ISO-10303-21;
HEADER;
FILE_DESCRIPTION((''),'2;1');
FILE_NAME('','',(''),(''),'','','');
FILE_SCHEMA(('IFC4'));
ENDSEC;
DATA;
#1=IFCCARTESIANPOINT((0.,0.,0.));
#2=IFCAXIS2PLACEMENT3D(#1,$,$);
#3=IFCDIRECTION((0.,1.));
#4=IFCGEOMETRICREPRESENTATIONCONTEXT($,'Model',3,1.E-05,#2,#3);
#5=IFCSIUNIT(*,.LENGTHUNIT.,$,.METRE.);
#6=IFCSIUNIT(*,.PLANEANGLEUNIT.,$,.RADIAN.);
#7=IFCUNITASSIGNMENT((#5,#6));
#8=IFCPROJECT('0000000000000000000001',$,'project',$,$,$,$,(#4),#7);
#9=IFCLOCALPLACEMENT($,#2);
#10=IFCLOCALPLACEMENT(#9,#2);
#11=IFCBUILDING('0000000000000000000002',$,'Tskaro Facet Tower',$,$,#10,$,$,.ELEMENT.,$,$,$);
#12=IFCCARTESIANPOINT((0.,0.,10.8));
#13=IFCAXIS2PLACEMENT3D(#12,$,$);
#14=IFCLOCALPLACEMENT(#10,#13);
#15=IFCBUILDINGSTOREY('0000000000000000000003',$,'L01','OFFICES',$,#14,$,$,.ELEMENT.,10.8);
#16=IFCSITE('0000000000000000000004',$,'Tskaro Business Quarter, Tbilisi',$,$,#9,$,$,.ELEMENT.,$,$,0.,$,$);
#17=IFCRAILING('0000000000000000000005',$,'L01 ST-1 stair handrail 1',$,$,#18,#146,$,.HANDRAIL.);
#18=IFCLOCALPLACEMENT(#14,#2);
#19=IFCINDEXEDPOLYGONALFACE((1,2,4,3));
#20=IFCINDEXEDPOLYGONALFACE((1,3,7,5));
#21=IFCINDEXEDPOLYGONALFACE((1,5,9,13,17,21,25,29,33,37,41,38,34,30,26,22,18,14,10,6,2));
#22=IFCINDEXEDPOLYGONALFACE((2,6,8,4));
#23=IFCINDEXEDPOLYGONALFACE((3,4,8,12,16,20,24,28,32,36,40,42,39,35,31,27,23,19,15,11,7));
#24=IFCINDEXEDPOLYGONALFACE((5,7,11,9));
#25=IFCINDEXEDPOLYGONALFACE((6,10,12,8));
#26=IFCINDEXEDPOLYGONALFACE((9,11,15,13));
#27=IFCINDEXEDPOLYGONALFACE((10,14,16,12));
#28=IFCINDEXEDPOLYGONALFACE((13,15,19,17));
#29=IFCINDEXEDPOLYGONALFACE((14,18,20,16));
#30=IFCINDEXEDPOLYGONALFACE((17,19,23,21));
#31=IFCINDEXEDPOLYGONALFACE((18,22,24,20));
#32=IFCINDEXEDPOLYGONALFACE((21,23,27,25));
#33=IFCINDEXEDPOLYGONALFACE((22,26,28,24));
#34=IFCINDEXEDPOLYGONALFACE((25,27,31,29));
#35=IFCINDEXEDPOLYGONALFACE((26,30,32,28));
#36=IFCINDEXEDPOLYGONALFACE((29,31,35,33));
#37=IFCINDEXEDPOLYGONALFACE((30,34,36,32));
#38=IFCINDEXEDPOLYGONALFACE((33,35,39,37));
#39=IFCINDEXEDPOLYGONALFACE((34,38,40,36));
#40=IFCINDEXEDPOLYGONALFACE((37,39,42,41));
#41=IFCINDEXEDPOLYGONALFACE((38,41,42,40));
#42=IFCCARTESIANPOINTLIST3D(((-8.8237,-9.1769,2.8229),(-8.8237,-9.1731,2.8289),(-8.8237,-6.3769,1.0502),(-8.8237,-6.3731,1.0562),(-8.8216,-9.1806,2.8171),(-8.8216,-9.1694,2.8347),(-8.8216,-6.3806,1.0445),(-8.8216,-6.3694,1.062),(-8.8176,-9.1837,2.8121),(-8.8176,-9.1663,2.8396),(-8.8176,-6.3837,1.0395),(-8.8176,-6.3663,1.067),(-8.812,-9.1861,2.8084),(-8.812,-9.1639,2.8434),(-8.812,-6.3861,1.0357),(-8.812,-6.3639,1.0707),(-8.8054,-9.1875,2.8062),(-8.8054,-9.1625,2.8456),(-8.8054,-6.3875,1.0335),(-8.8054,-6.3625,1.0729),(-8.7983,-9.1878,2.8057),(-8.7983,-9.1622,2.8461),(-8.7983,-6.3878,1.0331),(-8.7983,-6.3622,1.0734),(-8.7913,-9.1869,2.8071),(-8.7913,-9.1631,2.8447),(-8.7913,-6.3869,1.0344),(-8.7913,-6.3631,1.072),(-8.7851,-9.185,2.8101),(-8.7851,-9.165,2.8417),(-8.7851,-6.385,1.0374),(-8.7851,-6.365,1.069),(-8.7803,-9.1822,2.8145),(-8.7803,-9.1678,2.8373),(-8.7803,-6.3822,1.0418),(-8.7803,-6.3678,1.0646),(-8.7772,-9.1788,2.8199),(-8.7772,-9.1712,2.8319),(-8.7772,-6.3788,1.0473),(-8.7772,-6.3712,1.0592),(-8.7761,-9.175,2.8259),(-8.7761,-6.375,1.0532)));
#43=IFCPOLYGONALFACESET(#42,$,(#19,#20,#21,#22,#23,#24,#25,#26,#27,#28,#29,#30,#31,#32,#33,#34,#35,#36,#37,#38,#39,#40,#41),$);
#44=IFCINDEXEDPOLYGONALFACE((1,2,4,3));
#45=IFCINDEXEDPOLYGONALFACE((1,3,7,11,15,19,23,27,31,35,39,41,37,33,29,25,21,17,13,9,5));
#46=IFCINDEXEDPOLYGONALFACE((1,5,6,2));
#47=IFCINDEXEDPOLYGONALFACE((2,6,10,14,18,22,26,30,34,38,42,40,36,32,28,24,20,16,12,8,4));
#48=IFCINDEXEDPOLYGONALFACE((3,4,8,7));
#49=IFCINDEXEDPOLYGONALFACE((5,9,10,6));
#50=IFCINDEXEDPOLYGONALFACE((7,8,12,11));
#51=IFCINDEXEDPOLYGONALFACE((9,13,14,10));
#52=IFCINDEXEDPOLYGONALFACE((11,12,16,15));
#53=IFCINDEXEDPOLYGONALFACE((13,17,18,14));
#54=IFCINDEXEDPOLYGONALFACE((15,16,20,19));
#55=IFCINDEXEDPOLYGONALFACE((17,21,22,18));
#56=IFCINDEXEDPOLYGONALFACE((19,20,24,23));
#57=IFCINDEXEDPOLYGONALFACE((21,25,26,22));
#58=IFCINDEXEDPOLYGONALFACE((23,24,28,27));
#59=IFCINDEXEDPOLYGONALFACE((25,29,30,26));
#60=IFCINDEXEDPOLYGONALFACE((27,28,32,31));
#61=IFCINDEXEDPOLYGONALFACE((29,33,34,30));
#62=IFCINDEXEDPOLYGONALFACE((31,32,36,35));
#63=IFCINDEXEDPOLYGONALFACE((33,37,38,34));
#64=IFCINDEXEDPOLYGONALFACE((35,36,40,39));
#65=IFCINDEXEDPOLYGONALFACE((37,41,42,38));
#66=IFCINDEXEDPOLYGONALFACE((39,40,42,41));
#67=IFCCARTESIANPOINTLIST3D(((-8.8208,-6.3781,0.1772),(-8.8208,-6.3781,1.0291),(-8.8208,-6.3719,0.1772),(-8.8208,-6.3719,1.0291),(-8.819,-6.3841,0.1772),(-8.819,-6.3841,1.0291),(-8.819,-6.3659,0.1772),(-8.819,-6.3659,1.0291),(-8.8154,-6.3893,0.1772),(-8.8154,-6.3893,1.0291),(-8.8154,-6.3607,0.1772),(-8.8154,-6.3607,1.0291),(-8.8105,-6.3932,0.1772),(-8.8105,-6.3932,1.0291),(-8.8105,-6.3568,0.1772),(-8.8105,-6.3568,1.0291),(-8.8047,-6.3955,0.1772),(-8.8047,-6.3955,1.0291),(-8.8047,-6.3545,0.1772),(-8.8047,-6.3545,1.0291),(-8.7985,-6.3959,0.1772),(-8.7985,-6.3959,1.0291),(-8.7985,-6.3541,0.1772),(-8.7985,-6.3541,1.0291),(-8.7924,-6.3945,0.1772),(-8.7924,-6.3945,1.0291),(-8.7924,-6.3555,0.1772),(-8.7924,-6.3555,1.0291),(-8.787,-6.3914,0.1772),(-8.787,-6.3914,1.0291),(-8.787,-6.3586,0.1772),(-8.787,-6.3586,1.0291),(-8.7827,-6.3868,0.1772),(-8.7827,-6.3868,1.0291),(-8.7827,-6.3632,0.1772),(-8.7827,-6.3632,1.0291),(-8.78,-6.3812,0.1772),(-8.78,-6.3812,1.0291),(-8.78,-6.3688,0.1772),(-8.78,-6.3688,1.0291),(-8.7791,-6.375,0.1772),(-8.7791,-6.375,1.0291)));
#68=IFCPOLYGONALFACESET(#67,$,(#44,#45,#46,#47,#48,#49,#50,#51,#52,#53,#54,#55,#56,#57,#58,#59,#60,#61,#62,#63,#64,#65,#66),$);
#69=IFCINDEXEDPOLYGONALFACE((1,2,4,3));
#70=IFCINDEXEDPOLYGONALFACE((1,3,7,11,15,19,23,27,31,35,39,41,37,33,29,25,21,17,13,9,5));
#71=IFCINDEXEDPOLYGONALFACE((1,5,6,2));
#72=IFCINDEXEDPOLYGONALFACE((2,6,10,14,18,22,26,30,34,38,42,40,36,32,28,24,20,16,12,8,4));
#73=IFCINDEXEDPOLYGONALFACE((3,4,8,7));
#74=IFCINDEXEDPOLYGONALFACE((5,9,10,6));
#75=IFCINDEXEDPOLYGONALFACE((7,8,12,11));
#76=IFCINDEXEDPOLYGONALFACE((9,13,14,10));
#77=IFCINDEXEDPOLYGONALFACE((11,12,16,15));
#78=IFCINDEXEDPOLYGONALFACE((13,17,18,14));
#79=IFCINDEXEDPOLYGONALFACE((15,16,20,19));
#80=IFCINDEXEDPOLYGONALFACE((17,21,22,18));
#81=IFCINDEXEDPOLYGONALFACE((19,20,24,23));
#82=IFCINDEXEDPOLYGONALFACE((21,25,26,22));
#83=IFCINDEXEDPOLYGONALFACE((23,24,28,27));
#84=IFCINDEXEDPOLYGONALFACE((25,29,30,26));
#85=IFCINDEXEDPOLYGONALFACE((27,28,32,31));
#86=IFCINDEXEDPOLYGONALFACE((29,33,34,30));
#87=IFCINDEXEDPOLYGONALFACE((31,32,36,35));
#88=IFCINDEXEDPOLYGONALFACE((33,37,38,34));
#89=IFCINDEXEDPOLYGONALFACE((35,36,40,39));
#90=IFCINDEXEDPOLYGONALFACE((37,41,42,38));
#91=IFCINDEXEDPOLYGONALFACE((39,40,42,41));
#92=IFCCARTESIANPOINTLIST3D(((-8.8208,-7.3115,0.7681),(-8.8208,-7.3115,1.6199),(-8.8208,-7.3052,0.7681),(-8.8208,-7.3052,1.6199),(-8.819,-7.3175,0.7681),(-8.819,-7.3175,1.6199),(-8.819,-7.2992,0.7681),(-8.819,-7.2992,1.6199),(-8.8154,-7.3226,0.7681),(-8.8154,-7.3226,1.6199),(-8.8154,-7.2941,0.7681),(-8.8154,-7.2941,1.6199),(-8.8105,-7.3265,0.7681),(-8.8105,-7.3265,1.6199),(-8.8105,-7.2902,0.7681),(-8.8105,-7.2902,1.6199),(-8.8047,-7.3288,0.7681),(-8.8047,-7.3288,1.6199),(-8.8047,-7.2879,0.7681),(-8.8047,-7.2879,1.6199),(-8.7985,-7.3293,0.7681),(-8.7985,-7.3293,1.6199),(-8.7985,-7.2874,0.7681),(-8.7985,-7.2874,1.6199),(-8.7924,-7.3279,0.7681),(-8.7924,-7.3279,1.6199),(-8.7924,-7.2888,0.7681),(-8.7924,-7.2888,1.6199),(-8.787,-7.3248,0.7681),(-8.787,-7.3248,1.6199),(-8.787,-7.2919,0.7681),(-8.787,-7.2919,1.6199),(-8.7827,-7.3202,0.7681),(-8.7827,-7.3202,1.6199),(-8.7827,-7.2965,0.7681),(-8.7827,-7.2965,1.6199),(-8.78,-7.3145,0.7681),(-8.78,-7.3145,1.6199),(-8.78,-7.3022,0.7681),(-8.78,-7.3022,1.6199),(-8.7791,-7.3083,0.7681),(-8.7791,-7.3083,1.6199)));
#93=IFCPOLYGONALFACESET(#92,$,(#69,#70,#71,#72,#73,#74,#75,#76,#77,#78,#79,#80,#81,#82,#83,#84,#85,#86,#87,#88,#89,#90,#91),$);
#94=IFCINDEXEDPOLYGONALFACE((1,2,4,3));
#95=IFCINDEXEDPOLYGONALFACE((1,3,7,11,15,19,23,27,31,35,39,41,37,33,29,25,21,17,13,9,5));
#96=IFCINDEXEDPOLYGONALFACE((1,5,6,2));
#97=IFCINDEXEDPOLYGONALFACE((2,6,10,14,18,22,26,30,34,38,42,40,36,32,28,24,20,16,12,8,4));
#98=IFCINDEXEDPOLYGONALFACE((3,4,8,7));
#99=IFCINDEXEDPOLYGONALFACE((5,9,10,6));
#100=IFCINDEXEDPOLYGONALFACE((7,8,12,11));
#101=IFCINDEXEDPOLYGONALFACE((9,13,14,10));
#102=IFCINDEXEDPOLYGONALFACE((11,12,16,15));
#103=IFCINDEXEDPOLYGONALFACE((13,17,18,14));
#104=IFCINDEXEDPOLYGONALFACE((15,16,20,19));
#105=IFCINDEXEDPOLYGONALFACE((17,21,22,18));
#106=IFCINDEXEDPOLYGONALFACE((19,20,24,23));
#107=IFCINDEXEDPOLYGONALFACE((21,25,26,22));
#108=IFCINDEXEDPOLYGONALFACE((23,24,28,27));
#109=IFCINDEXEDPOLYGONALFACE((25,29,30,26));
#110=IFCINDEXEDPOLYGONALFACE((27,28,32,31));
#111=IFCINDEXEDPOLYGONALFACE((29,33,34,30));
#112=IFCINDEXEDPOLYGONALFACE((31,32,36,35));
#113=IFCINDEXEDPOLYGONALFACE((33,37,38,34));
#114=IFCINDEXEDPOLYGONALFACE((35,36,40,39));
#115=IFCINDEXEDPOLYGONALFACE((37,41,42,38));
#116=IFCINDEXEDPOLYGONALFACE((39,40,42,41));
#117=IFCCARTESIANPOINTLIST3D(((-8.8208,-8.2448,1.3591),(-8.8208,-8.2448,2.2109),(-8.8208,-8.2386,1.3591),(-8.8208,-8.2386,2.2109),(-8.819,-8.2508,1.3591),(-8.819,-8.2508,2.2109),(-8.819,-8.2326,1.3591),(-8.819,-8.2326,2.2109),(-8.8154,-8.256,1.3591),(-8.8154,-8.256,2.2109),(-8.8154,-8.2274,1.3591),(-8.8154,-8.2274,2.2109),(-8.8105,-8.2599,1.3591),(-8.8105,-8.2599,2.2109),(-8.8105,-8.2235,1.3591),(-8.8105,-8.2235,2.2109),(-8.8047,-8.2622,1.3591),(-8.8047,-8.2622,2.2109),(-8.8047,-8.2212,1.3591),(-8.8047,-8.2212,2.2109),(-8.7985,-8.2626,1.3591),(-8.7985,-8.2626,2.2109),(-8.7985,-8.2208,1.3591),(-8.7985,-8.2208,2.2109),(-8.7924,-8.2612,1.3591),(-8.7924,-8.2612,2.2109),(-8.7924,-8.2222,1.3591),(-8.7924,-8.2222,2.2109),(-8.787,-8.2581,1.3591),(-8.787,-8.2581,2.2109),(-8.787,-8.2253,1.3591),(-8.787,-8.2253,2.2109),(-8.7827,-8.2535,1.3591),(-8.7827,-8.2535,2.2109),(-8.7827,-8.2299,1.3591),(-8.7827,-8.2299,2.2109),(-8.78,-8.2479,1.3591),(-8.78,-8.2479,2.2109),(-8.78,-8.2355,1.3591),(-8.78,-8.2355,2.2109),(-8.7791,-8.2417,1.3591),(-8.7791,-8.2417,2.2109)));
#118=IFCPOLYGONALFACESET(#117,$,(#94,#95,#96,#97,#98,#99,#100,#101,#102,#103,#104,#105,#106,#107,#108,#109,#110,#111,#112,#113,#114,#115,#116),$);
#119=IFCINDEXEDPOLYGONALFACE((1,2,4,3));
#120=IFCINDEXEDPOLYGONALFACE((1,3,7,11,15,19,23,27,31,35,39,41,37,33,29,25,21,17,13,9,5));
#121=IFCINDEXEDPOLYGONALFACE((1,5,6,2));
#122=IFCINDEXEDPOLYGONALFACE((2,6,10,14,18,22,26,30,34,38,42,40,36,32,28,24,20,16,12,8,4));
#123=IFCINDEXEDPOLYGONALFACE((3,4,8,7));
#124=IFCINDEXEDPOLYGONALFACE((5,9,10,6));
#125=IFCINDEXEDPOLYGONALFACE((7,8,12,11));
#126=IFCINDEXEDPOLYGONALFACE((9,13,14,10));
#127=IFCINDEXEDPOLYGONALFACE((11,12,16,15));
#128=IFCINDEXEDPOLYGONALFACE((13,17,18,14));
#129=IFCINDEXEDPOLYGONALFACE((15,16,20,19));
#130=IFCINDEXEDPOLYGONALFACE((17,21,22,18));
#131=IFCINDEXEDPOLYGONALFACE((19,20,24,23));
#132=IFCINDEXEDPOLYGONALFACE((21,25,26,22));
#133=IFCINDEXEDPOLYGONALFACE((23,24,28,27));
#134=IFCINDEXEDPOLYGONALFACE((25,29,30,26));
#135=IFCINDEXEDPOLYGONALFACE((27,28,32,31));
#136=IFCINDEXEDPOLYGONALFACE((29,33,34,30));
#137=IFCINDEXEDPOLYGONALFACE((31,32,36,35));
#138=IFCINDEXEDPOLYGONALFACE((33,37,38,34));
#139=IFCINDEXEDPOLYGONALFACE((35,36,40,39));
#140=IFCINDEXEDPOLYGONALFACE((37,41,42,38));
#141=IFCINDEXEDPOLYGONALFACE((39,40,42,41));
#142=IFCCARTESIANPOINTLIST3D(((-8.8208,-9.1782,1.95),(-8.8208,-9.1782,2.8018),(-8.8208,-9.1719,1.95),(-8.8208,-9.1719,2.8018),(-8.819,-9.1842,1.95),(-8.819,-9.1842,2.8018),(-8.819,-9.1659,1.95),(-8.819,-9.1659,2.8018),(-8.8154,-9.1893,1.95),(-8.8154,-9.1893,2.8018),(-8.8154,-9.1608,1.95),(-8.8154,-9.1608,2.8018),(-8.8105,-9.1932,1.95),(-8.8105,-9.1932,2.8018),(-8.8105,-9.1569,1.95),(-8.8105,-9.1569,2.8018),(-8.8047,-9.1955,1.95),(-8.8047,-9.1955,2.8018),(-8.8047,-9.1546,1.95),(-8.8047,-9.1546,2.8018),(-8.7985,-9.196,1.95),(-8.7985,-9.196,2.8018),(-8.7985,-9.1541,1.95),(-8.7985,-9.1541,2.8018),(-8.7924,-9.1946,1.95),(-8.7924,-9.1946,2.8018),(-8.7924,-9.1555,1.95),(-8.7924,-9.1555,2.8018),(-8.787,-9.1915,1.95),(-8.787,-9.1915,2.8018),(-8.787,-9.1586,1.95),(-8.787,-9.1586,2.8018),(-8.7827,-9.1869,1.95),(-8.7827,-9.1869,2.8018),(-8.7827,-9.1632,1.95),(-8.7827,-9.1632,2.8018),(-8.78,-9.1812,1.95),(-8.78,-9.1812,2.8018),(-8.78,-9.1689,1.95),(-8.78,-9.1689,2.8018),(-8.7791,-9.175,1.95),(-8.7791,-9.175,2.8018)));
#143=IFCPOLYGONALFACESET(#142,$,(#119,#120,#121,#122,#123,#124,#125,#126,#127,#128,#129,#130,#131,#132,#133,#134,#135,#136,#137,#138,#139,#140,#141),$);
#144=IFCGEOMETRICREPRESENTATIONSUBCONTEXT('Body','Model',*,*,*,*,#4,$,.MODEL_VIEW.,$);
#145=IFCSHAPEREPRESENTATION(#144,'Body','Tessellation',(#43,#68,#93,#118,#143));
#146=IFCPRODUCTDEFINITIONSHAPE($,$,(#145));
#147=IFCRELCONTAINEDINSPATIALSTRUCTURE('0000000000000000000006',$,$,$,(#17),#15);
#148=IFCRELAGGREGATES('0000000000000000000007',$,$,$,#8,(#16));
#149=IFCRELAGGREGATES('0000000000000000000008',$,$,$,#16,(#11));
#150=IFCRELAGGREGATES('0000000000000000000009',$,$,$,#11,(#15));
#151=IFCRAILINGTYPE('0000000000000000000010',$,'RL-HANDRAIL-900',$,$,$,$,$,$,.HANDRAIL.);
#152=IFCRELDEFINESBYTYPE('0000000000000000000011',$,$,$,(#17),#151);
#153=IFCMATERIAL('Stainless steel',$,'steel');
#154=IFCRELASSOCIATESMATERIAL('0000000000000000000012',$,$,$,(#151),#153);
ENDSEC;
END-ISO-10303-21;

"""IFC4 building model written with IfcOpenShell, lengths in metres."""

from ifc_helpers import new_model, si_unit, direction, frame, origin, origin_2d, place, context, subcontext, project, spatial, circle, extrude, material, type_object, element, save


model = new_model("IFC4")

# Units and contexts
model_context = context("Model", 3, precision=1e-05, world=origin(), true_north=direction((0.0, 1.0)))
body_context = subcontext(model_context, "Body", "Model", "MODEL_VIEW")
ifc_project = project(units=[si_unit("LENGTHUNIT", "METRE"), si_unit("PLANEANGLEUNIT", "RADIAN")], contexts=[model_context])

# Site, building, storey
site_placement = place(None, origin())
site = spatial("IfcSite", under=ifc_project, at=site_placement, Name="Tskaro Business Quarter, Tbilisi", CompositionType="ELEMENT", RefElevation=0.0)
building_placement = place(site_placement, origin())
building = spatial("IfcBuilding", under=site, at=building_placement, Name="Tskaro Facet Tower", CompositionType="ELEMENT")
storey_placement = place(building_placement, frame((0.0, 0.0, 10.8)))
storey = spatial("IfcBuildingStorey", under=building, at=storey_placement, Name="L01", Description="OFFICES", CompositionType="ELEMENT", Elevation=10.8)

# Shared definitions
ifc_material_1 = material(Name="Stainless steel", Category="steel")

# Railing
railing_type_1 = type_object("IfcRailingType", Name="RL-HANDRAIL-900", PredefinedType="HANDRAIL", material=ifc_material_1)
railing_1_placement = place(storey_placement, frame((-8.8, -6.375, 0.1772)))
element("IfcRailing", 1, at=railing_1_placement, inside=storey, type_object=railing_type_1, Name="L01 ST-1 stair handrail 1", PredefinedType="HANDRAIL", context=body_context, shape_type="SweptSolid", body=[
    extrude(circle(Radius=0.0239, at=origin_2d()), frame((0.0, 0.0, 0.876), z_axis=(0.0, -0.844909, 0.53491), x_axis=(1.0, 0.0, 0.0)), (0.0, 0.0, 1.0), 3.314),
    extrude(circle(Radius=0.021, at=origin_2d()), origin(), (0.0, 0.0, 1.0), 0.8518),
    extrude(circle(Radius=0.021, at=origin_2d()), frame((0.0, -0.9333, 0.5908)), (0.0, 0.0, 1.0), 0.8518),
    extrude(circle(Radius=0.021, at=origin_2d()), frame((0.0, -1.8667, 1.1819)), (0.0, 0.0, 1.0), 0.8518),
    extrude(circle(Radius=0.021, at=origin_2d()), frame((0.0, -2.8, 1.7727)), (0.0, 0.0, 1.0), 0.8518),
])

save(model, "model.ifc")
